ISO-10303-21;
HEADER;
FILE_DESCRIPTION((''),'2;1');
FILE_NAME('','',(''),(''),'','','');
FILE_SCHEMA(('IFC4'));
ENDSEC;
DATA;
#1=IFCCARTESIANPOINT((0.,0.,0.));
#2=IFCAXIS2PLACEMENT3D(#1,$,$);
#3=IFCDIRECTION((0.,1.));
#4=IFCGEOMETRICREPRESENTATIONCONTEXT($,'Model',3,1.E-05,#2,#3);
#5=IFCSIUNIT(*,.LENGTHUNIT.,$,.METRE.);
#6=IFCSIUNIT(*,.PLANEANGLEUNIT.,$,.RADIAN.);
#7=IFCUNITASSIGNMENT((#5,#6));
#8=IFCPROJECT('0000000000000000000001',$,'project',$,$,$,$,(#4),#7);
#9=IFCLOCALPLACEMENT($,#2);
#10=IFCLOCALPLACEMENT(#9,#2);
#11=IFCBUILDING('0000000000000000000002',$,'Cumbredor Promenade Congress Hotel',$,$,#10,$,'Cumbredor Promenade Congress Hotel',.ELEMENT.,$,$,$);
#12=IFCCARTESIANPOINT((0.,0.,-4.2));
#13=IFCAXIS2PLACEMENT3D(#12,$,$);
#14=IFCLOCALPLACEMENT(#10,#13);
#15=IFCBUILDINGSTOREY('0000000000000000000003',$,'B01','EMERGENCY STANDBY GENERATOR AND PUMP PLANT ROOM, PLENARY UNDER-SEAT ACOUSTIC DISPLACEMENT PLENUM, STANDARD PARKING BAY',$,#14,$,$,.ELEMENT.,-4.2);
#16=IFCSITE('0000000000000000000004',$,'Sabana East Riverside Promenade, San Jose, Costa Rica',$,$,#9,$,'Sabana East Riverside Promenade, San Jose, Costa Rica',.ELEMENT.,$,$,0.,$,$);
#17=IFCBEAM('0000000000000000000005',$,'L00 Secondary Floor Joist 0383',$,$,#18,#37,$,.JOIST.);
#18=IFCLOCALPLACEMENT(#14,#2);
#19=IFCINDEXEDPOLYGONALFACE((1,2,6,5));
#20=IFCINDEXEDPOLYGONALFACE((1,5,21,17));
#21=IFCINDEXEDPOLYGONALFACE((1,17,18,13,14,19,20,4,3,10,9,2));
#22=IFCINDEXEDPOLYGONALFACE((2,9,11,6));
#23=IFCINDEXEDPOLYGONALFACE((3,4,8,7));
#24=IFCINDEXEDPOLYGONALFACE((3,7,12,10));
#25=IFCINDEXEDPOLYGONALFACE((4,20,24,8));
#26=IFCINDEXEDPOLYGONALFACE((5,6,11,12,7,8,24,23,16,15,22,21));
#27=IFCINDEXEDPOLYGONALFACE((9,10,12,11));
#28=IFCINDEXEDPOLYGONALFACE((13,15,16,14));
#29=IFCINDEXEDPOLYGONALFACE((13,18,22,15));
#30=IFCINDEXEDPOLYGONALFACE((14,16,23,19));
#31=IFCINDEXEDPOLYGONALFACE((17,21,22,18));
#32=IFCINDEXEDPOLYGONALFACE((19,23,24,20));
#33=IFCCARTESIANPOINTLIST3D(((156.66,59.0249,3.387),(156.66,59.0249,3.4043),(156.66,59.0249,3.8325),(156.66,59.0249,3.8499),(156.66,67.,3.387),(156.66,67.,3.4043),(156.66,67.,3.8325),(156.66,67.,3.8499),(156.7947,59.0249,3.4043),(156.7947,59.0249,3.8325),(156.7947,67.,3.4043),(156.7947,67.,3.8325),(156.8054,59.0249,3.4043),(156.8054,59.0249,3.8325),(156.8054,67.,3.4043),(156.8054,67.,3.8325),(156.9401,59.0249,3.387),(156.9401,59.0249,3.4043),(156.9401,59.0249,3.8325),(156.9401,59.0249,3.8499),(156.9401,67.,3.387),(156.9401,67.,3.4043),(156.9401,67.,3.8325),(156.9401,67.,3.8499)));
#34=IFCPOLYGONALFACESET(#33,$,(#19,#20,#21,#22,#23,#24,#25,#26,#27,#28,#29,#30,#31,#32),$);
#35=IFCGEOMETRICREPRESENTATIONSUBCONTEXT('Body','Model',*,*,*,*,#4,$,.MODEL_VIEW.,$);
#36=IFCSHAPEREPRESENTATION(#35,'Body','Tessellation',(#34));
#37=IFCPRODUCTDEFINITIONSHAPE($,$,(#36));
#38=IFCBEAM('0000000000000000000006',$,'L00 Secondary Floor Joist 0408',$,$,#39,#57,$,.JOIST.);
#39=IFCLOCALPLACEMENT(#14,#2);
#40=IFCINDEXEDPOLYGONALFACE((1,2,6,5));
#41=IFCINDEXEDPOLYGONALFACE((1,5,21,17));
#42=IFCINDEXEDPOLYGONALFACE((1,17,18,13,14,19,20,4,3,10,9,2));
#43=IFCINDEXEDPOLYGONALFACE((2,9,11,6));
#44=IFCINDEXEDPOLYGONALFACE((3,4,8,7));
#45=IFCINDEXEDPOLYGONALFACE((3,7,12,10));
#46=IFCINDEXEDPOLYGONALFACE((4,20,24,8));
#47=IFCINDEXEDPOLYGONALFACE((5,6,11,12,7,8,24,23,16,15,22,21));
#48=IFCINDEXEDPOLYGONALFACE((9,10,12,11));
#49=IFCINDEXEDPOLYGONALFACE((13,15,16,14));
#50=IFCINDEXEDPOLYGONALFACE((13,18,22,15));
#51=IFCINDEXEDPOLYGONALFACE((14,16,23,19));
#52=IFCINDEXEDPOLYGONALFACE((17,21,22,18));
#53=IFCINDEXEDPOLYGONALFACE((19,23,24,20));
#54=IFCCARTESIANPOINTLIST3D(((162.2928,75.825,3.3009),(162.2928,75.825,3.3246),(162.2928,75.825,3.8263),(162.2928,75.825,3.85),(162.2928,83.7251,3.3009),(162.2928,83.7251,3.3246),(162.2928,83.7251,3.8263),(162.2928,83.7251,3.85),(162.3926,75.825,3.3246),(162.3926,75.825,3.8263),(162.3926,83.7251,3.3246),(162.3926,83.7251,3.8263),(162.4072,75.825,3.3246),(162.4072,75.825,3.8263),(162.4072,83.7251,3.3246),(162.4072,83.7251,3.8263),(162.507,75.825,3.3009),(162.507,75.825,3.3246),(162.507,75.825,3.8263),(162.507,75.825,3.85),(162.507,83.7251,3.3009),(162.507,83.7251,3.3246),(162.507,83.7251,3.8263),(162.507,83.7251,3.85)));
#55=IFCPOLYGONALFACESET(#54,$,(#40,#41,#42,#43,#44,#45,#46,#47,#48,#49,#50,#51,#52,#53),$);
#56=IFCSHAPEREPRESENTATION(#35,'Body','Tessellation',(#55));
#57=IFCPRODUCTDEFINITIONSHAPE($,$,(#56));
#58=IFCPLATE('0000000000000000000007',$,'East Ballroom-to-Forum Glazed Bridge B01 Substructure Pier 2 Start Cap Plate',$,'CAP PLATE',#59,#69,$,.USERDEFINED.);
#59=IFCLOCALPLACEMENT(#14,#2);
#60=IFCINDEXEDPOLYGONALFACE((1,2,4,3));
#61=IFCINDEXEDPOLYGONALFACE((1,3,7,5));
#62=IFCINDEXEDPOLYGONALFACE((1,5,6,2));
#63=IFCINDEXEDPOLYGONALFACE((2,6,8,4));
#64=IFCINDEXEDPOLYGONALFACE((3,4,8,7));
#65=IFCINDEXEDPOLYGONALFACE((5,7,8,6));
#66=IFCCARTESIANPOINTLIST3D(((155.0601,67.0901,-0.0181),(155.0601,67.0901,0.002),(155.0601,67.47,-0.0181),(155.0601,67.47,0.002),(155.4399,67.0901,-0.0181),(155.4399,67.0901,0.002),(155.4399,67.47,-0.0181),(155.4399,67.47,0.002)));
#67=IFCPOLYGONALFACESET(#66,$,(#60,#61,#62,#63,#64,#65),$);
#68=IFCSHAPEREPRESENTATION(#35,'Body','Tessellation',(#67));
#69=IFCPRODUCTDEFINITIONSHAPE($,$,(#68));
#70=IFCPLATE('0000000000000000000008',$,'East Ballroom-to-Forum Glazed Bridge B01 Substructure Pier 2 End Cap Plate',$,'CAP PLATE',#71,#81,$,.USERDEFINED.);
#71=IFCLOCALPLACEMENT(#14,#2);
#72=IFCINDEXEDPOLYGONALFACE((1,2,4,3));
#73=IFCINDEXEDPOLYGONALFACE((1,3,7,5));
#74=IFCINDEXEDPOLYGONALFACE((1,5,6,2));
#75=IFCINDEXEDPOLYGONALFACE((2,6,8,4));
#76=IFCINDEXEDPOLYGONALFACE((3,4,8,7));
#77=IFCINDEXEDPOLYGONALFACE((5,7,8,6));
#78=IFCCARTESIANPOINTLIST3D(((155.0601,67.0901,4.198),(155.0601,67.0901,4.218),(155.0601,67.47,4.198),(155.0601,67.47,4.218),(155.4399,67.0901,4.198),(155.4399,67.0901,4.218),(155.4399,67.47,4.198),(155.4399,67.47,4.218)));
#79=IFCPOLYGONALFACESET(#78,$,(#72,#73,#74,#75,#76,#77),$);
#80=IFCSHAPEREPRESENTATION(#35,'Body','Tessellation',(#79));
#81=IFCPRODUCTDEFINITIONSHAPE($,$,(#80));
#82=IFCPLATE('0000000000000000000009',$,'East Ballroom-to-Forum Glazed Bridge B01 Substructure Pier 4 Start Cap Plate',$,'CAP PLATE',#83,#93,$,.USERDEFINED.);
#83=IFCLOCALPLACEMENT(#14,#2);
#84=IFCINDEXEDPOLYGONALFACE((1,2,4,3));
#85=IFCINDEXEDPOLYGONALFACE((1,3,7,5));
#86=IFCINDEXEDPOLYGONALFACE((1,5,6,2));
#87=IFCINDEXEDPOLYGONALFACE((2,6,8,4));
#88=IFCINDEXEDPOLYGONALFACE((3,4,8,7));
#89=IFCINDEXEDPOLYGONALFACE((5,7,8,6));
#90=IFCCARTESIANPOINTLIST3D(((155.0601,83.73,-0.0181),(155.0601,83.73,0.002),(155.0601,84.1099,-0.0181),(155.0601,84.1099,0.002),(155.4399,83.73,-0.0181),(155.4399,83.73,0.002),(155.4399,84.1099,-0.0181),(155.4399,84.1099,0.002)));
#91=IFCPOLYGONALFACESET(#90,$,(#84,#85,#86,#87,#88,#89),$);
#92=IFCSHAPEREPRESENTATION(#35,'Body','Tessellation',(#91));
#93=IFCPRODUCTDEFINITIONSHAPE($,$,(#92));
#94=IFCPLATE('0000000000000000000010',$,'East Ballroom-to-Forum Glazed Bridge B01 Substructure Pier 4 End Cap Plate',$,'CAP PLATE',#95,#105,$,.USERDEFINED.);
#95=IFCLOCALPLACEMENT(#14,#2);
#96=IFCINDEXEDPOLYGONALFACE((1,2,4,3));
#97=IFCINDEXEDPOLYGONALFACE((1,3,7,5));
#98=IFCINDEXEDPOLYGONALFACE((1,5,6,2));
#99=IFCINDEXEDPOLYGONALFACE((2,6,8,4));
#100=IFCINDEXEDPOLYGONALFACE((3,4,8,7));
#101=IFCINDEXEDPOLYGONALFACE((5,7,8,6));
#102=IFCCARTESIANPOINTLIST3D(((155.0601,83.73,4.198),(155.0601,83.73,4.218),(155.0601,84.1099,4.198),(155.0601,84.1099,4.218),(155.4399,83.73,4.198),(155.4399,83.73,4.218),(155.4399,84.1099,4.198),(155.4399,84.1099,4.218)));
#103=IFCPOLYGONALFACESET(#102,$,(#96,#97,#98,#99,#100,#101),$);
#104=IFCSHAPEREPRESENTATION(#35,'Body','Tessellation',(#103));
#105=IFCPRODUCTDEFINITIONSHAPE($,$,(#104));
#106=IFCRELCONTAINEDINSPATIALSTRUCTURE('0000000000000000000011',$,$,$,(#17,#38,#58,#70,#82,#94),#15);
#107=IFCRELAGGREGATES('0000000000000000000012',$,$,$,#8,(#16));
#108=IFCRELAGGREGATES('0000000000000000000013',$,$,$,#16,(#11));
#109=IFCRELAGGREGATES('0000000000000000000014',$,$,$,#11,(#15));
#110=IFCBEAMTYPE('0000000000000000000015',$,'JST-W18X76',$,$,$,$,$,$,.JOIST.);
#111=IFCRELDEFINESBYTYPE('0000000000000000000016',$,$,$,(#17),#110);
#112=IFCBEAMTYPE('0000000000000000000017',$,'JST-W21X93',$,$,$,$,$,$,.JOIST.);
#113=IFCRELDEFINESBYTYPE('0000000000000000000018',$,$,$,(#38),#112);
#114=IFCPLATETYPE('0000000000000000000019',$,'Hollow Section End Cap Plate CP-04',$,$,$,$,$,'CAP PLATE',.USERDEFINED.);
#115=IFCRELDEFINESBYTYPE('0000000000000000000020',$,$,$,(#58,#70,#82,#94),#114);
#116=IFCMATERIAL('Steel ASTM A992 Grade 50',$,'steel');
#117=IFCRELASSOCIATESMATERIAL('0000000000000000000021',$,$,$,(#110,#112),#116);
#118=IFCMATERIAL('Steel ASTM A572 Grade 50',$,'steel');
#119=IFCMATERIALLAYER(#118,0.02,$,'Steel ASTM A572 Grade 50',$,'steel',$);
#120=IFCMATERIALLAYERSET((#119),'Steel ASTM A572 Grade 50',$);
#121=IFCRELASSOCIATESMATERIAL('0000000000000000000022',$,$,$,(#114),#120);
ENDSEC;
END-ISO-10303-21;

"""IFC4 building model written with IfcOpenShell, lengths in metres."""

from ifc_helpers import new_model, si_unit, direction, frame, origin, origin_2d, place, context, subcontext, project, spatial, rectangle, i_section, extrude, material, layer, layer_set, material_profile, profile_set, type_object, element, save


model = new_model("IFC4")

# Units and contexts
model_context = context("Model", 3, precision=1e-05, world=origin(), true_north=direction((0.0, 1.0)))
body_context = subcontext(model_context, "Body", "Model", "MODEL_VIEW")
ifc_project = project(units=[si_unit("LENGTHUNIT", "METRE"), si_unit("PLANEANGLEUNIT", "RADIAN")], contexts=[model_context])

# Site, building, storey
site_placement = place(None, origin())
site = spatial("IfcSite", under=ifc_project, at=site_placement, Name="Sabana East Riverside Promenade, San Jose, Costa Rica", LongName="Sabana East Riverside Promenade, San Jose, Costa Rica", CompositionType="ELEMENT", RefElevation=0.0)
building_placement = place(site_placement, origin())
building = spatial("IfcBuilding", under=site, at=building_placement, Name="Cumbredor Promenade Congress Hotel", LongName="Cumbredor Promenade Congress Hotel", CompositionType="ELEMENT")
storey_placement = place(building_placement, frame((0.0, 0.0, -4.2)))
storey = spatial("IfcBuildingStorey", under=building, at=storey_placement, Name="B01", Description="EMERGENCY STANDBY GENERATOR AND PUMP PLANT ROOM, PLENARY UNDER-SEAT ACOUSTIC DISPLACEMENT PLENUM, STANDARD PARKING BAY", CompositionType="ELEMENT", Elevation=-4.2)

# Beams
ifc_material_1 = material(Name="Steel ASTM A992 Grade 50", Category="steel")
ifc_material_profile_1 = material_profile(ifc_material_1, i_section(OverallWidth=0.28, OverallDepth=0.4629, WebThickness=0.0107, FlangeThickness=0.0173, at=origin_2d()), Name="W18X76")
ifc_profile_set_1 = profile_set([ifc_material_profile_1], Name="Steel ASTM A992 Grade 50")
beam_type_1 = type_object("IfcBeamType", Name="JST-W18X76", PredefinedType="JOIST", material=ifc_profile_set_1)
for number, where, z_axis, x_axis, name in (
    (1, (156.8, 59.0249, 3.6184), (0.0, 1.0, 0.0), (-1.0, 0.0, 0.0), "L00 Secondary Floor Joist 0383"),
):
    element("IfcBeam", number, at=place(storey_placement, frame(where, z_axis=z_axis, x_axis=x_axis)), inside=storey, type_object=beam_type_1, Name=name, PredefinedType="JOIST", context=body_context, shape_type="SweptSolid", body=[
        extrude(i_section(OverallWidth=0.28, OverallDepth=0.4629, WebThickness=0.0107, FlangeThickness=0.0173, at=origin_2d()), origin(), (0.0, 0.0, 1.0), 7.9751),
    ])
ifc_material_profile_2 = material_profile(ifc_material_1, i_section(OverallWidth=0.2141, OverallDepth=0.5491, WebThickness=0.0146, FlangeThickness=0.0237, at=origin_2d()), Name="W21X93")
ifc_profile_set_2 = profile_set([ifc_material_profile_2], Name="Steel ASTM A992 Grade 50")
beam_type_2 = type_object("IfcBeamType", Name="JST-W21X93", PredefinedType="JOIST", material=ifc_profile_set_2)
beam_1_placement = place(storey_placement, frame((162.3999, 75.825, 3.5754), z_axis=(0.0, 1.0, 0.0), x_axis=(-1.0, 0.0, 0.0)))
element("IfcBeam", 2, at=beam_1_placement, inside=storey, type_object=beam_type_2, Name="L00 Secondary Floor Joist 0408", PredefinedType="JOIST", context=body_context, shape_type="SweptSolid", body=[
    extrude(i_section(OverallWidth=0.2141, OverallDepth=0.5491, WebThickness=0.0146, FlangeThickness=0.0237, at=origin_2d()), origin(), (0.0, 0.0, 1.0), 7.9001),
])

# Plates
ifc_material_2 = material(Name="Steel ASTM A572 Grade 50", Category="steel")
ifc_layer = layer(ifc_material_2, 0.02, Name="Steel ASTM A572 Grade 50", Category="steel")
ifc_layer_set = layer_set([ifc_layer], Name="Steel ASTM A572 Grade 50")
plate_type = type_object("IfcPlateType", Name="Hollow Section End Cap Plate CP-04", ElementType="CAP PLATE", PredefinedType="USERDEFINED", material=ifc_layer_set)
for number, where, z_axis, x_axis, name in (
    (3, (155.25, 67.28, -0.0181), (0.0, 0.0, 1.0), (1.0, 0.0, 0.0), "East Ballroom-to-Forum Glazed Bridge B01 Substructure Pier 2 Start Cap Plate"),
    (4, (155.25, 67.28, 4.198), (0.0, 0.0, 1.0), (1.0, 0.0, 0.0), "East Ballroom-to-Forum Glazed Bridge B01 Substructure Pier 2 End Cap Plate"),
    (5, (155.25, 83.9199, -0.0181), (0.0, 0.0, 1.0), (1.0, 0.0, 0.0), "East Ballroom-to-Forum Glazed Bridge B01 Substructure Pier 4 Start Cap Plate"),
    (6, (155.25, 83.9199, 4.198), (0.0, 0.0, 1.0), (1.0, 0.0, 0.0), "East Ballroom-to-Forum Glazed Bridge B01 Substructure Pier 4 End Cap Plate"),
):
    element("IfcPlate", number, at=place(storey_placement, frame(where, z_axis=z_axis, x_axis=x_axis)), inside=storey, type_object=plate_type, Name=name, ObjectType="CAP PLATE", PredefinedType="USERDEFINED", context=body_context, shape_type="SweptSolid", body=[
        extrude(rectangle(XDim=0.3799, YDim=0.3799, at=origin_2d()), origin(), (0.0, 0.0, 1.0), 0.02),
    ])

save(model, "model.ifc")
